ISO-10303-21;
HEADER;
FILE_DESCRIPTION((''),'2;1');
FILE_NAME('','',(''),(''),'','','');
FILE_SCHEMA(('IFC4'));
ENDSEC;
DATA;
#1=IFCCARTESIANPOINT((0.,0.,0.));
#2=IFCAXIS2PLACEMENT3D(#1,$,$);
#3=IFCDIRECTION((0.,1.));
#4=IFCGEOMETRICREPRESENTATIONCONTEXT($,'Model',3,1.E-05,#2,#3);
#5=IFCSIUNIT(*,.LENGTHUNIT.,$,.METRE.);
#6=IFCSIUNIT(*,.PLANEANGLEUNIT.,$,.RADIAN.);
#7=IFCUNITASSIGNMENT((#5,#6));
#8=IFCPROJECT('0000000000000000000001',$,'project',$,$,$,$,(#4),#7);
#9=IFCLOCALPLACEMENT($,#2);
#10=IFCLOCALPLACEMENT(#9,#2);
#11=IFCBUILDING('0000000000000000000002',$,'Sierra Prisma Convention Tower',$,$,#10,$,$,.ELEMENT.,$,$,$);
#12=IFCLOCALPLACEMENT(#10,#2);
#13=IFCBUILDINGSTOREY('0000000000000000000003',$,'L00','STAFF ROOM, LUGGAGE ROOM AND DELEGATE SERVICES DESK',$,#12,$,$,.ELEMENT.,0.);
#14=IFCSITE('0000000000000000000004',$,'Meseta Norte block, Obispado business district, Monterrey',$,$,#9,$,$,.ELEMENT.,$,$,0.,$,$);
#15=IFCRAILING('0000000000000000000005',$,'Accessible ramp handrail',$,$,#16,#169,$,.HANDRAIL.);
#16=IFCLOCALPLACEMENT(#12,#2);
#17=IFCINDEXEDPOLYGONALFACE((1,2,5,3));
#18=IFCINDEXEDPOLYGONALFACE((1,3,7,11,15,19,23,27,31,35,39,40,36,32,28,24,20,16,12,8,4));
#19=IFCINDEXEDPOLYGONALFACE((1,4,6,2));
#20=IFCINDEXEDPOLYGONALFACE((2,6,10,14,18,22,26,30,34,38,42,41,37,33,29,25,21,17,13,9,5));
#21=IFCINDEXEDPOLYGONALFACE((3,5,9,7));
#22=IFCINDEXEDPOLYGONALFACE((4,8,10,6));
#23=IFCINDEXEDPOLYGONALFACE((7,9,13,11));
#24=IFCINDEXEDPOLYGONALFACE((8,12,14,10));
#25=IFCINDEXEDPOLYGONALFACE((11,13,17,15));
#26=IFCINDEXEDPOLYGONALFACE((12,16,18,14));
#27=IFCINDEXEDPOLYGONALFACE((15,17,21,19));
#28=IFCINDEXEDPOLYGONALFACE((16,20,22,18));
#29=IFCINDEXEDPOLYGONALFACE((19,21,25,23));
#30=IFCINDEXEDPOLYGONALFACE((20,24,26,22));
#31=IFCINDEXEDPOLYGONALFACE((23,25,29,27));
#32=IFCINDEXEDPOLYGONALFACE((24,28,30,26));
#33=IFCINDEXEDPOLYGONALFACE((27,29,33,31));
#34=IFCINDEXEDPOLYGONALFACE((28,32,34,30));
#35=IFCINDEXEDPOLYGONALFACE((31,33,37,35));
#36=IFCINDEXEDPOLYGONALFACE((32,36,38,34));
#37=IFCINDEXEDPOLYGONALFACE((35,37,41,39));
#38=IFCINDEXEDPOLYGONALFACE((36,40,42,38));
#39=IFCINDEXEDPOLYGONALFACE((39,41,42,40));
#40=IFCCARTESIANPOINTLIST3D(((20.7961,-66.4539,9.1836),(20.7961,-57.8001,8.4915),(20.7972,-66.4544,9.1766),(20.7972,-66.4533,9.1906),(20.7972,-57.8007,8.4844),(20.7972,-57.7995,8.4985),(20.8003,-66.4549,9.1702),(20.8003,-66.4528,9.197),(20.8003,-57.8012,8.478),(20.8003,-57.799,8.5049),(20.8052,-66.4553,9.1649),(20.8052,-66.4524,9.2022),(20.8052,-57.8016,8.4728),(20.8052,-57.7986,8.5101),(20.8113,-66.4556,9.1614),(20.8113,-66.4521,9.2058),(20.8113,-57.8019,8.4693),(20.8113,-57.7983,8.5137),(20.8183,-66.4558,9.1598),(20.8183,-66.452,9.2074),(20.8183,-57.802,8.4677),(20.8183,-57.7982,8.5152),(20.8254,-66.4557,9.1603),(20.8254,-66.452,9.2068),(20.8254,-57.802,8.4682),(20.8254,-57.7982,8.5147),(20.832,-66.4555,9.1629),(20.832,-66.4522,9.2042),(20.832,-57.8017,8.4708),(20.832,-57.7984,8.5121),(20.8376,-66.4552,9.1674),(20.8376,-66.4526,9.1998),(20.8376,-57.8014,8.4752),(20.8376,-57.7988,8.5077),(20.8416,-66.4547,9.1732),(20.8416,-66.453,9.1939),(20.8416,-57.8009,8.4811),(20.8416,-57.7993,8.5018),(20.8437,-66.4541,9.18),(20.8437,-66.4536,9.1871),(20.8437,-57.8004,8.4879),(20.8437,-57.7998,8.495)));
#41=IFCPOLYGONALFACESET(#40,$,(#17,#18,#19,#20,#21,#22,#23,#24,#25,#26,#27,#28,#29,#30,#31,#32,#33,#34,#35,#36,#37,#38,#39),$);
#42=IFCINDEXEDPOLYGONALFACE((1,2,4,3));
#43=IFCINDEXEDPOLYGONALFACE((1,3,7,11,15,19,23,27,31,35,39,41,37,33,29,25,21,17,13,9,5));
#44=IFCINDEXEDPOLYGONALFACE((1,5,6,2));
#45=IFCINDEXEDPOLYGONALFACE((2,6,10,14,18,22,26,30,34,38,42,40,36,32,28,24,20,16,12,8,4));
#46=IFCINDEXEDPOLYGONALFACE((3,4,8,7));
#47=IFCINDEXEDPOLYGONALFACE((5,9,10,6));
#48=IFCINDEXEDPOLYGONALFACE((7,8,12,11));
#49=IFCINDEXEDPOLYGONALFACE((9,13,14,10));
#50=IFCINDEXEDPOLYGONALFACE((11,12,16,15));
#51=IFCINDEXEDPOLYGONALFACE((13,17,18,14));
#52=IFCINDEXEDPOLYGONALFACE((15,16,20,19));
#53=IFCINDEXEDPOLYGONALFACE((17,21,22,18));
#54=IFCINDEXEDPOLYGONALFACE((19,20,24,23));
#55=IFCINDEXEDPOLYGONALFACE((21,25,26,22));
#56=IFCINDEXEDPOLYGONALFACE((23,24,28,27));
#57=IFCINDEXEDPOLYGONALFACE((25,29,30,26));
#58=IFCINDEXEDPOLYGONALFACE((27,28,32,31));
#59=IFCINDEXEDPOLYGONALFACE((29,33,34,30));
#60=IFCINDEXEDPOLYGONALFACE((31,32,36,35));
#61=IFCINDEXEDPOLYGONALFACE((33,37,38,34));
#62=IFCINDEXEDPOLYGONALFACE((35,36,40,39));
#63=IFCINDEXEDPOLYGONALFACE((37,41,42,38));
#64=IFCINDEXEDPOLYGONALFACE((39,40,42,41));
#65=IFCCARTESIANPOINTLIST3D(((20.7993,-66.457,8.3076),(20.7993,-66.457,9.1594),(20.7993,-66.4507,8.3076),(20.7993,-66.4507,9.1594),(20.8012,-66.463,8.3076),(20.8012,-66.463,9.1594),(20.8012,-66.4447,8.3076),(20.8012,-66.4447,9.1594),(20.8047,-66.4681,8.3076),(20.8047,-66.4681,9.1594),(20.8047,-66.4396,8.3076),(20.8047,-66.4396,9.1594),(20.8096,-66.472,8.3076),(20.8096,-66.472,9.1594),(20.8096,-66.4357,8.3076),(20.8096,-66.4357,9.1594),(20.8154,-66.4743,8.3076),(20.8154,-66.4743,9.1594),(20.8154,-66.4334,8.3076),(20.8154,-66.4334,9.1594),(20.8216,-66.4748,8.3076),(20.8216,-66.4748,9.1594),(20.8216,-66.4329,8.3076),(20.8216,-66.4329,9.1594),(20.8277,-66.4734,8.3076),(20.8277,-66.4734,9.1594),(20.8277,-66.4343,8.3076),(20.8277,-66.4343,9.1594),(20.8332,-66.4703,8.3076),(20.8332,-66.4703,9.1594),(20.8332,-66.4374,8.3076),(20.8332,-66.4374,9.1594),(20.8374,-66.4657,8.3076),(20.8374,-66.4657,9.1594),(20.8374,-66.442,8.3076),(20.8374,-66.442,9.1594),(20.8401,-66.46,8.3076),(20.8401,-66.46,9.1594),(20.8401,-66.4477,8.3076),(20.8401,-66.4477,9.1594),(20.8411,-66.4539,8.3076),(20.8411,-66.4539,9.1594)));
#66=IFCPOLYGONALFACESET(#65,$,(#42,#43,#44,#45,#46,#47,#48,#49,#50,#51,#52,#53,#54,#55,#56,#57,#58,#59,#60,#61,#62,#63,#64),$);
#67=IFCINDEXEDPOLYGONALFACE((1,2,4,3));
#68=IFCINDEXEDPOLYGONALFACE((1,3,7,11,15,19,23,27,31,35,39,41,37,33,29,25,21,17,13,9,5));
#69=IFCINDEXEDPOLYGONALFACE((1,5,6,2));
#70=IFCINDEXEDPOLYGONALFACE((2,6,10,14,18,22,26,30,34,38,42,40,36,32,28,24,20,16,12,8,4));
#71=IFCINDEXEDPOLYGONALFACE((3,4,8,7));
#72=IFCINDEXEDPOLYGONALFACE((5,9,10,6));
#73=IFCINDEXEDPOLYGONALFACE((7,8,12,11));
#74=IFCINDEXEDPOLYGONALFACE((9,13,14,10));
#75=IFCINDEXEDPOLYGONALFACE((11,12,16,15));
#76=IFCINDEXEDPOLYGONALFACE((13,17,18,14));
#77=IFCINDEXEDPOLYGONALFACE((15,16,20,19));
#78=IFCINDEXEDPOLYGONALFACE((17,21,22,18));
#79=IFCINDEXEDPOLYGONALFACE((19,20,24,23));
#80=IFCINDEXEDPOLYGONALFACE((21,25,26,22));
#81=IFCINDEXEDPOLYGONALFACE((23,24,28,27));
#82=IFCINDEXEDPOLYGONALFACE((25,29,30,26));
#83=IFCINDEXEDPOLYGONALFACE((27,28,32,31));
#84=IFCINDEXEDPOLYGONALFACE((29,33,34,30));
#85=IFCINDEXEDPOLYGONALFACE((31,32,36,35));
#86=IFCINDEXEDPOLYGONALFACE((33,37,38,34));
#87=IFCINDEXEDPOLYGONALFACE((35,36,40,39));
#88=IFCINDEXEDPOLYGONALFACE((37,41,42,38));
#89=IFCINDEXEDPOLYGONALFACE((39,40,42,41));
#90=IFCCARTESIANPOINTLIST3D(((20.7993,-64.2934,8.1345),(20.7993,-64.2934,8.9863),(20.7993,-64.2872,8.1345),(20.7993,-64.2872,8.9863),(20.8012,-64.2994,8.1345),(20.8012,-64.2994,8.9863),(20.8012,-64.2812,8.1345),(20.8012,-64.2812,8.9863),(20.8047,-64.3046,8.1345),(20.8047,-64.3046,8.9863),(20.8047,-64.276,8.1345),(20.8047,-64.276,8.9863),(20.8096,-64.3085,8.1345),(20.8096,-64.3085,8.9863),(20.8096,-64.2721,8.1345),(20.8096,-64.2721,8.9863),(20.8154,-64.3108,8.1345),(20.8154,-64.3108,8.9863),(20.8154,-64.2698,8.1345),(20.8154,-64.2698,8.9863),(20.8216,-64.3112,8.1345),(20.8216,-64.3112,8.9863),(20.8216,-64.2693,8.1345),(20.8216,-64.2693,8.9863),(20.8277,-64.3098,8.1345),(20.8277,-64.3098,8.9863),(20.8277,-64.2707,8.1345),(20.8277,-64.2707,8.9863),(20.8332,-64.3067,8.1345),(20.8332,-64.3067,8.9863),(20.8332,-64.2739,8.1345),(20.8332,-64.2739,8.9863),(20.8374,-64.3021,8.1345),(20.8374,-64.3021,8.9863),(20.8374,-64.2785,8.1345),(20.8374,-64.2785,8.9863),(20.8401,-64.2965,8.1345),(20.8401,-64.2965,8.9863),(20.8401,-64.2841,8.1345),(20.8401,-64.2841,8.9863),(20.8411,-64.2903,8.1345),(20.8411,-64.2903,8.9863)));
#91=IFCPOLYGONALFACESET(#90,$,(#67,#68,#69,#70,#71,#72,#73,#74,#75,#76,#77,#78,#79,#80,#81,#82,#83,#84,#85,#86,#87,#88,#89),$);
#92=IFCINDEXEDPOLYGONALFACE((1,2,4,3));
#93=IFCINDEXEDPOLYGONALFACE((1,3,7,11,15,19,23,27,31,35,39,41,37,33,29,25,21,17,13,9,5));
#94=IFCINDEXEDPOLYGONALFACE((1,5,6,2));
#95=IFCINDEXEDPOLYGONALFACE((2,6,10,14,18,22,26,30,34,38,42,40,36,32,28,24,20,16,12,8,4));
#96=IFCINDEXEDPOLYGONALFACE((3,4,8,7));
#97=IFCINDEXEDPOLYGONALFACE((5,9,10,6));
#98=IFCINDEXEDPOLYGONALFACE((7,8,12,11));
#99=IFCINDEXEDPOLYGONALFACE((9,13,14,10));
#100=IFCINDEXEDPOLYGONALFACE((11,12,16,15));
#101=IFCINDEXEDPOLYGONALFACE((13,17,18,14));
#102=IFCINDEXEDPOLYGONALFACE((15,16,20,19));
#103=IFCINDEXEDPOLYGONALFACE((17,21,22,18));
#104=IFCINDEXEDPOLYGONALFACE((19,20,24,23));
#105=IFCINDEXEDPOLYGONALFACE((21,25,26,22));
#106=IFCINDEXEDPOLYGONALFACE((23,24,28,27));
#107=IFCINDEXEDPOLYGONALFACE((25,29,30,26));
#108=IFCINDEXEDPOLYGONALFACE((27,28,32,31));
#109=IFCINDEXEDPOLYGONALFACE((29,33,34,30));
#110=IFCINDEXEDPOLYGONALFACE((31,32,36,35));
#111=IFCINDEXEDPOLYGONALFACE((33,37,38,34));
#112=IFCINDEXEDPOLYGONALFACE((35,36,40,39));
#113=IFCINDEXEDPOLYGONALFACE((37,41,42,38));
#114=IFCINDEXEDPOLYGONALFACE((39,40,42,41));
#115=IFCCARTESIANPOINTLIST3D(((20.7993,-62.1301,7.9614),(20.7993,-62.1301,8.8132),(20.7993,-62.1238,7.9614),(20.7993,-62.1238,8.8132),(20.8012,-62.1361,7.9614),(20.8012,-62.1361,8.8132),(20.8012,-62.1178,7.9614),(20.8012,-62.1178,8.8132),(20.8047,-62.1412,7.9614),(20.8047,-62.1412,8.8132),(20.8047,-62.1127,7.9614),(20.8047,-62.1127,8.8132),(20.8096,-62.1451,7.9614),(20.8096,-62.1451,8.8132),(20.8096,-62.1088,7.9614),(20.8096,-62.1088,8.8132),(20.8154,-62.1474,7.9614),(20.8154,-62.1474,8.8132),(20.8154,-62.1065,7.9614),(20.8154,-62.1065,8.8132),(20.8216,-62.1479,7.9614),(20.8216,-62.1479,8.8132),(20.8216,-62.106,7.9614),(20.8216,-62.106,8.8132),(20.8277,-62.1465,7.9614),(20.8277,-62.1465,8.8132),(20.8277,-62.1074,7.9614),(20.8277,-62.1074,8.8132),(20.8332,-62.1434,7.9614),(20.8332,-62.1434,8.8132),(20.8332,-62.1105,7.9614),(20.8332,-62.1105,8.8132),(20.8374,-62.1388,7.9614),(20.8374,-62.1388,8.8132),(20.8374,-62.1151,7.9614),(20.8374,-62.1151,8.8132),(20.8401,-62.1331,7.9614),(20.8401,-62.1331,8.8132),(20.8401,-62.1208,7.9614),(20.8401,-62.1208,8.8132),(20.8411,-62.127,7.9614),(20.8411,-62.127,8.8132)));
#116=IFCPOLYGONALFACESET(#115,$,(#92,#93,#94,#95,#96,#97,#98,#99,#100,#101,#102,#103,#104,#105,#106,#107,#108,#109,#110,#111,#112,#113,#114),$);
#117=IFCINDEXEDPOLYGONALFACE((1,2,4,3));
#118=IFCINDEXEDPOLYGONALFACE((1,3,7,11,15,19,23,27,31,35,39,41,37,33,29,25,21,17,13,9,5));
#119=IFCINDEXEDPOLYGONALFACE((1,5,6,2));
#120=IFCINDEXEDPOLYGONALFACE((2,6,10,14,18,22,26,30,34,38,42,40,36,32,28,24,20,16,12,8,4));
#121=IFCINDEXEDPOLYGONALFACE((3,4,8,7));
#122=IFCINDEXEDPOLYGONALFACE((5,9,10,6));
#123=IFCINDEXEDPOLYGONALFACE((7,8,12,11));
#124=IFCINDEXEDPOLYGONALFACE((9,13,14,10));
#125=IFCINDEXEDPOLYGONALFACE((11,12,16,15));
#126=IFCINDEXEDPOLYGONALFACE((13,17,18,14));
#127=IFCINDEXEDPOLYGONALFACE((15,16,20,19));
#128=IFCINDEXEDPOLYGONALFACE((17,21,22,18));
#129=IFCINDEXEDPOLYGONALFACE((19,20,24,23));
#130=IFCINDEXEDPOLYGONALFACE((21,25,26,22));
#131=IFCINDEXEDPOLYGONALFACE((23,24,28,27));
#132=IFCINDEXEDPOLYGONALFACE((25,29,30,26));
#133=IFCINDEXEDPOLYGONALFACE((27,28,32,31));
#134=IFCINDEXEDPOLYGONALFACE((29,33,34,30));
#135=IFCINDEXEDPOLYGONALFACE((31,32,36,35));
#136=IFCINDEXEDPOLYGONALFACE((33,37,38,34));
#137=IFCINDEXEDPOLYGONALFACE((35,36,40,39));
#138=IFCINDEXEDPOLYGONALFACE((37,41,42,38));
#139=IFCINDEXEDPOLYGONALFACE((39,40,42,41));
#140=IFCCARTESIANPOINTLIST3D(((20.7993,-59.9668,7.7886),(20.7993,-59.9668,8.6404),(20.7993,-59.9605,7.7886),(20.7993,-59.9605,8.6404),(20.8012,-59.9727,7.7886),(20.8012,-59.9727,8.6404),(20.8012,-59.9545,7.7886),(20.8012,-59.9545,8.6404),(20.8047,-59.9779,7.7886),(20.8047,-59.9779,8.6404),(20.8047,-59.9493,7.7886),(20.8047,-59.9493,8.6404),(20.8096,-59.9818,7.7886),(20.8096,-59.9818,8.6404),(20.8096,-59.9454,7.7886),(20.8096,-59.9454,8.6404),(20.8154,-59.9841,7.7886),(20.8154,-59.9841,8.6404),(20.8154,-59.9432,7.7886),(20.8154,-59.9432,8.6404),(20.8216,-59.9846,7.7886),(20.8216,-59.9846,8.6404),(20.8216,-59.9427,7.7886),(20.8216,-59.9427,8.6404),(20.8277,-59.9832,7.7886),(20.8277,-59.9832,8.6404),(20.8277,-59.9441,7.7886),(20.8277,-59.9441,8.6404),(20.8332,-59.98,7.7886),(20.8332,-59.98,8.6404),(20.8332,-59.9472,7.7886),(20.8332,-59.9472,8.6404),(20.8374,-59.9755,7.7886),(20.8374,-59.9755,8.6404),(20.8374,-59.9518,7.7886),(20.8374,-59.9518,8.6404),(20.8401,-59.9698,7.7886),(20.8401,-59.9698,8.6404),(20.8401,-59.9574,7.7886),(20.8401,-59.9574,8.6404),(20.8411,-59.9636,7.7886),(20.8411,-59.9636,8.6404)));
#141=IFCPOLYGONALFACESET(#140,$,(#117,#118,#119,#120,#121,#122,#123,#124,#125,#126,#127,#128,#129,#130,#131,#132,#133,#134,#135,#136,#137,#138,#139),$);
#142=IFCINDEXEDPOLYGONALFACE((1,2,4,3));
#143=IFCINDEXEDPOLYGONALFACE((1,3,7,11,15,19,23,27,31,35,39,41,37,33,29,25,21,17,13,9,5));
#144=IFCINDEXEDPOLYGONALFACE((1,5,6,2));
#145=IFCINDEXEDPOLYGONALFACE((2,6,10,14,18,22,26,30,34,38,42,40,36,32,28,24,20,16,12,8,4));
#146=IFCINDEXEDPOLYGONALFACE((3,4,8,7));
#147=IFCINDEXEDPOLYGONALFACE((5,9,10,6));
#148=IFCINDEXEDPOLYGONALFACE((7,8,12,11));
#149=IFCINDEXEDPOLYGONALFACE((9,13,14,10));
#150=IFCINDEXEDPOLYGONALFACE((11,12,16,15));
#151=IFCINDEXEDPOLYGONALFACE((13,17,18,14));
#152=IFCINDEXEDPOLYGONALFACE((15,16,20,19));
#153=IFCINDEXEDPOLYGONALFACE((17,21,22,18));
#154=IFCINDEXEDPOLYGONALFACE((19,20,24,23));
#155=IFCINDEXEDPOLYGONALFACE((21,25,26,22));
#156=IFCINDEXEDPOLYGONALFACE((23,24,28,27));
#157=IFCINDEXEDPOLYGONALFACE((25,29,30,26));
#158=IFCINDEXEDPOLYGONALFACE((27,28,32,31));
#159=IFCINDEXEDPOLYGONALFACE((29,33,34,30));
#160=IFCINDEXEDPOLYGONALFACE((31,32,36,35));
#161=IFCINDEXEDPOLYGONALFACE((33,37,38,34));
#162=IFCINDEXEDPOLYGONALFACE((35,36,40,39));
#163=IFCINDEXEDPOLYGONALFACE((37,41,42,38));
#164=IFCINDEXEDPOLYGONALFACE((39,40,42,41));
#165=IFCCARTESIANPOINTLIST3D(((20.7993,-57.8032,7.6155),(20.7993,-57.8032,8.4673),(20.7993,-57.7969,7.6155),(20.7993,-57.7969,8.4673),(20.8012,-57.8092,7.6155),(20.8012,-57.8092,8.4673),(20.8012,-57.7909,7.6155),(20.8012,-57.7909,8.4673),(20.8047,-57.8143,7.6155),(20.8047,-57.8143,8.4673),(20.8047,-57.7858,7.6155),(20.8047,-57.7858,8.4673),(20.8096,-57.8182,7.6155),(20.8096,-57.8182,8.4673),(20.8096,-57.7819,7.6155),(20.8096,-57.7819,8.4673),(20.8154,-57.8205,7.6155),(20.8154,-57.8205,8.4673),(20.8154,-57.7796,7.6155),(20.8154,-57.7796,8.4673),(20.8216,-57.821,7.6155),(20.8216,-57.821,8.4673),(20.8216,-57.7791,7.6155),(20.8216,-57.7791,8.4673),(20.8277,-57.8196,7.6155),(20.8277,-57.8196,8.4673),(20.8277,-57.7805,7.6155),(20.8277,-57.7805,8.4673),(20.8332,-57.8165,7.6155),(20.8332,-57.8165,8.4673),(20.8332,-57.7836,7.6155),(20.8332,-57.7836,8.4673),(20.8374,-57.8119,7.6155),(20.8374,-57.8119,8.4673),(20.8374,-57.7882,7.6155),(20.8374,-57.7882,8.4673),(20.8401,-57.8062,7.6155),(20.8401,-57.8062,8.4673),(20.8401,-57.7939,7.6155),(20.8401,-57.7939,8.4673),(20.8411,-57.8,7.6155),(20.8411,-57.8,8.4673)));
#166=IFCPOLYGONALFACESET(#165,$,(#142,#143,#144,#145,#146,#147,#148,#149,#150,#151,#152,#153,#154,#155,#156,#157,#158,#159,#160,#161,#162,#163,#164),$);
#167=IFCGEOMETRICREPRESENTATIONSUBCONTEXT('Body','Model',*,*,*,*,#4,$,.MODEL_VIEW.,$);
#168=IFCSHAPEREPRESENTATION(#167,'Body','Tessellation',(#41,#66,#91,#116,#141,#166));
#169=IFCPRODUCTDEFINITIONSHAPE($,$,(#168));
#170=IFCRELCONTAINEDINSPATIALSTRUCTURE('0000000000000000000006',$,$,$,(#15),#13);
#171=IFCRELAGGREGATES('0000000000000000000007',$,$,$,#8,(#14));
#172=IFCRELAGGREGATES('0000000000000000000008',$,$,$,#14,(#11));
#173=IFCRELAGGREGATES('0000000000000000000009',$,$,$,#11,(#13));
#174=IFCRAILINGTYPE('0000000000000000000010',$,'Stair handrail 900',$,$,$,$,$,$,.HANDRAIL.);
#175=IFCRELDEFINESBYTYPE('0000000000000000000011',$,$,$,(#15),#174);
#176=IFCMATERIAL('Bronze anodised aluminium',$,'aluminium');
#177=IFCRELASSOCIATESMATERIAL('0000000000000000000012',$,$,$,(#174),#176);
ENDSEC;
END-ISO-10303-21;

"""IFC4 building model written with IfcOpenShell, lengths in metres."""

from ifc_helpers import new_model, si_unit, direction, frame, origin, origin_2d, place, context, subcontext, project, spatial, circle, extrude, material, type_object, element, save


model = new_model("IFC4")

# Units and contexts
model_context = context("Model", 3, precision=1e-05, world=origin(), true_north=direction((0.0, 1.0)))
body_context = subcontext(model_context, "Body", "Model", "MODEL_VIEW")
ifc_project = project(units=[si_unit("LENGTHUNIT", "METRE"), si_unit("PLANEANGLEUNIT", "RADIAN")], contexts=[model_context])

# Site, building, storey
site_placement = place(None, origin())
site = spatial("IfcSite", under=ifc_project, at=site_placement, Name="Meseta Norte block, Obispado business district, Monterrey", CompositionType="ELEMENT", RefElevation=0.0)
building_placement = place(site_placement, origin())
building = spatial("IfcBuilding", under=site, at=building_placement, Name="Sierra Prisma Convention Tower", CompositionType="ELEMENT")
storey_placement = place(building_placement, origin())
storey = spatial("IfcBuildingStorey", under=building, at=storey_placement, Name="L00", Description="STAFF ROOM, LUGGAGE ROOM AND DELEGATE SERVICES DESK", CompositionType="ELEMENT", Elevation=0.0)

# Railing
ifc_material_1 = material(Name="Bronze anodised aluminium", Category="aluminium")
railing_type_1 = type_object("IfcRailingType", Name="Stair handrail 900", PredefinedType="HANDRAIL", material=ifc_material_1)
for number, where, name in (
    (1, (20.8201, -66.4539, 8.3076), "Accessible ramp handrail"),
):
    element("IfcRailing", number, at=place(storey_placement, frame(where)), inside=storey, type_object=railing_type_1, Name=name, PredefinedType="HANDRAIL", context=body_context, shape_type="SweptSolid", body=[
        extrude(circle(Radius=0.0239, at=origin_2d()), frame((0.0, 0.0, 0.876), z_axis=(0.0, 0.996817, -0.079726), x_axis=(-1.0, 0.0, 0.0)), (0.0, 0.0, 1.0), 8.6814),
        extrude(circle(Radius=0.021, at=origin_2d()), origin(), (0.0, 0.0, 1.0), 0.8518),
        extrude(circle(Radius=0.021, at=origin_2d()), frame((0.0, 2.1636, -0.1731)), (0.0, 0.0, 1.0), 0.8518),
        extrude(circle(Radius=0.021, at=origin_2d()), frame((0.0, 4.3269, -0.3462)), (0.0, 0.0, 1.0), 0.8518),
        extrude(circle(Radius=0.021, at=origin_2d()), frame((0.0, 6.4902, -0.519)), (0.0, 0.0, 1.0), 0.8518),
        extrude(circle(Radius=0.021, at=origin_2d()), frame((0.0, 8.6538, -0.6921)), (0.0, 0.0, 1.0), 0.8518),
    ])

save(model, "model.ifc")
